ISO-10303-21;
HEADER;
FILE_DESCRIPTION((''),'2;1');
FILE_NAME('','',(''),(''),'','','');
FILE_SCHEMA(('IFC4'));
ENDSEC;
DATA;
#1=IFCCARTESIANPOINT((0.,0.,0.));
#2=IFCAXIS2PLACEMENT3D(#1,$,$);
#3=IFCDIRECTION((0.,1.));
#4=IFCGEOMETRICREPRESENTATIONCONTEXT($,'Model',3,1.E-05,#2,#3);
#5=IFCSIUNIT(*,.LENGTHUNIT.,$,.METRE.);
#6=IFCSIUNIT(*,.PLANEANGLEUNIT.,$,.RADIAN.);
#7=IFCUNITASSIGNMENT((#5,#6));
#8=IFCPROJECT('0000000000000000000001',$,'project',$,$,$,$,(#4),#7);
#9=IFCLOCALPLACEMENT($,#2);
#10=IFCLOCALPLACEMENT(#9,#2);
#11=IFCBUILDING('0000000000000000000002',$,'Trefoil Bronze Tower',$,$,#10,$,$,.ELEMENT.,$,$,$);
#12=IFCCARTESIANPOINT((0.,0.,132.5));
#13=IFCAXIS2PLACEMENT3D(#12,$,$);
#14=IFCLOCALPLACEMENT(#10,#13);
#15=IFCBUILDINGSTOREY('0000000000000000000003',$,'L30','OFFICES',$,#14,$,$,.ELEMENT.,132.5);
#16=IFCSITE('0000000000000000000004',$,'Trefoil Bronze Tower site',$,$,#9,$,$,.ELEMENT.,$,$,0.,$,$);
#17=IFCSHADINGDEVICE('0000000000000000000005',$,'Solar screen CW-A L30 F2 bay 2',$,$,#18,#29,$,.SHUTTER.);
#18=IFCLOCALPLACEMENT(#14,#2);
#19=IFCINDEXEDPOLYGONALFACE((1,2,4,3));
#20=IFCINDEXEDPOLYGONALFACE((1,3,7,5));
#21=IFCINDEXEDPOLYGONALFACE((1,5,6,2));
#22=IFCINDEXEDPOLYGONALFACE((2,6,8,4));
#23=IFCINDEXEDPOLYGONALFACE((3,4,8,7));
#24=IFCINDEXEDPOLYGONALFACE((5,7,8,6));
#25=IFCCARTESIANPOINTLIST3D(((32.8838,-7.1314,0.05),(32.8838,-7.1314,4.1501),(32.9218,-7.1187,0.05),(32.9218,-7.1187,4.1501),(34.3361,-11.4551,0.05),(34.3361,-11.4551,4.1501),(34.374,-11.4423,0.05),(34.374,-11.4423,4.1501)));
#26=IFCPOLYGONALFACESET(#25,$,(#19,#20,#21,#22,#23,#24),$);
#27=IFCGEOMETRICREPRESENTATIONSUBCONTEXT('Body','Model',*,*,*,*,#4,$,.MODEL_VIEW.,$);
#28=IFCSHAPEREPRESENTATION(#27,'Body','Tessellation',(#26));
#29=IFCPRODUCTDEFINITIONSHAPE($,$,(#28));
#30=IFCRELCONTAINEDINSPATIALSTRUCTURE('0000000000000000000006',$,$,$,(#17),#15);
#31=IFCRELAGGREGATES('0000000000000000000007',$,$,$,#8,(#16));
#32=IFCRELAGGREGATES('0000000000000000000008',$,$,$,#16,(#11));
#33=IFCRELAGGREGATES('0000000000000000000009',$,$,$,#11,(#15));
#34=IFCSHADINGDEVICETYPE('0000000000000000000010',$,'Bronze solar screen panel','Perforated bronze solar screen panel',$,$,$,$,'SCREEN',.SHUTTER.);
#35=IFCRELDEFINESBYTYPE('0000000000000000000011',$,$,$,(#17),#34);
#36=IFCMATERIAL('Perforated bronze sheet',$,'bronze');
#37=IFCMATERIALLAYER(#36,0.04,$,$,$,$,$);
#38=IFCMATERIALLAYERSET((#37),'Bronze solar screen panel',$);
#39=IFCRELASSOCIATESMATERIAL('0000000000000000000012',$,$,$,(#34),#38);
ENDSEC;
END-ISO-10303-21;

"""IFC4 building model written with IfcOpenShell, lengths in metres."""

from ifc_helpers import new_model, si_unit, direction, frame, origin, origin_2d, place, context, subcontext, project, spatial, rectangle, extrude, material, layer, layer_set, type_object, element, save


model = new_model("IFC4")

# Units and contexts
model_context = context("Model", 3, precision=1e-05, world=origin(), true_north=direction((0.0, 1.0)))
body_context = subcontext(model_context, "Body", "Model", "MODEL_VIEW")
ifc_project = project(units=[si_unit("LENGTHUNIT", "METRE"), si_unit("PLANEANGLEUNIT", "RADIAN")], contexts=[model_context])

# Site, building, storey
site_placement = place(None, origin())
site = spatial("IfcSite", under=ifc_project, at=site_placement, Name="Trefoil Bronze Tower site", CompositionType="ELEMENT", RefElevation=0.0)
building_placement = place(site_placement, origin())
building = spatial("IfcBuilding", under=site, at=building_placement, Name="Trefoil Bronze Tower", CompositionType="ELEMENT")
storey_placement = place(building_placement, frame((0.0, 0.0, 132.5)))
storey = spatial("IfcBuildingStorey", under=building, at=storey_placement, Name="L30", Description="OFFICES", CompositionType="ELEMENT", Elevation=132.5)

# Shading device
ifc_material_1 = material(Name="Perforated bronze sheet", Category="bronze")
ifc_layer_1 = layer(ifc_material_1, 0.04)
ifc_layer_set_1 = layer_set([ifc_layer_1], Name="Bronze solar screen panel")
shading_device_type = type_object("IfcShadingDeviceType", Name="Bronze solar screen panel", Description="Perforated bronze solar screen panel", ElementType="SCREEN", PredefinedType="SHUTTER", material=ifc_layer_set_1)
shading_device_1_placement = place(storey_placement, frame((33.6289, -9.2869, 0.05), z_axis=(0.0, 0.0, 1.0), x_axis=(-0.318404, 0.947955, 0.0)))
element("IfcShadingDevice", 1, at=shading_device_1_placement, inside=storey, type_object=shading_device_type, Name="Solar screen CW-A L30 F2 bay 2", PredefinedType="SHUTTER", context=body_context, shape_type="SweptSolid", body=[
    extrude(rectangle(XDim=4.561, YDim=0.04, at=origin_2d()), origin(), (0.0, 0.0, 1.0), 4.1001),
])

save(model, "model.ifc")
